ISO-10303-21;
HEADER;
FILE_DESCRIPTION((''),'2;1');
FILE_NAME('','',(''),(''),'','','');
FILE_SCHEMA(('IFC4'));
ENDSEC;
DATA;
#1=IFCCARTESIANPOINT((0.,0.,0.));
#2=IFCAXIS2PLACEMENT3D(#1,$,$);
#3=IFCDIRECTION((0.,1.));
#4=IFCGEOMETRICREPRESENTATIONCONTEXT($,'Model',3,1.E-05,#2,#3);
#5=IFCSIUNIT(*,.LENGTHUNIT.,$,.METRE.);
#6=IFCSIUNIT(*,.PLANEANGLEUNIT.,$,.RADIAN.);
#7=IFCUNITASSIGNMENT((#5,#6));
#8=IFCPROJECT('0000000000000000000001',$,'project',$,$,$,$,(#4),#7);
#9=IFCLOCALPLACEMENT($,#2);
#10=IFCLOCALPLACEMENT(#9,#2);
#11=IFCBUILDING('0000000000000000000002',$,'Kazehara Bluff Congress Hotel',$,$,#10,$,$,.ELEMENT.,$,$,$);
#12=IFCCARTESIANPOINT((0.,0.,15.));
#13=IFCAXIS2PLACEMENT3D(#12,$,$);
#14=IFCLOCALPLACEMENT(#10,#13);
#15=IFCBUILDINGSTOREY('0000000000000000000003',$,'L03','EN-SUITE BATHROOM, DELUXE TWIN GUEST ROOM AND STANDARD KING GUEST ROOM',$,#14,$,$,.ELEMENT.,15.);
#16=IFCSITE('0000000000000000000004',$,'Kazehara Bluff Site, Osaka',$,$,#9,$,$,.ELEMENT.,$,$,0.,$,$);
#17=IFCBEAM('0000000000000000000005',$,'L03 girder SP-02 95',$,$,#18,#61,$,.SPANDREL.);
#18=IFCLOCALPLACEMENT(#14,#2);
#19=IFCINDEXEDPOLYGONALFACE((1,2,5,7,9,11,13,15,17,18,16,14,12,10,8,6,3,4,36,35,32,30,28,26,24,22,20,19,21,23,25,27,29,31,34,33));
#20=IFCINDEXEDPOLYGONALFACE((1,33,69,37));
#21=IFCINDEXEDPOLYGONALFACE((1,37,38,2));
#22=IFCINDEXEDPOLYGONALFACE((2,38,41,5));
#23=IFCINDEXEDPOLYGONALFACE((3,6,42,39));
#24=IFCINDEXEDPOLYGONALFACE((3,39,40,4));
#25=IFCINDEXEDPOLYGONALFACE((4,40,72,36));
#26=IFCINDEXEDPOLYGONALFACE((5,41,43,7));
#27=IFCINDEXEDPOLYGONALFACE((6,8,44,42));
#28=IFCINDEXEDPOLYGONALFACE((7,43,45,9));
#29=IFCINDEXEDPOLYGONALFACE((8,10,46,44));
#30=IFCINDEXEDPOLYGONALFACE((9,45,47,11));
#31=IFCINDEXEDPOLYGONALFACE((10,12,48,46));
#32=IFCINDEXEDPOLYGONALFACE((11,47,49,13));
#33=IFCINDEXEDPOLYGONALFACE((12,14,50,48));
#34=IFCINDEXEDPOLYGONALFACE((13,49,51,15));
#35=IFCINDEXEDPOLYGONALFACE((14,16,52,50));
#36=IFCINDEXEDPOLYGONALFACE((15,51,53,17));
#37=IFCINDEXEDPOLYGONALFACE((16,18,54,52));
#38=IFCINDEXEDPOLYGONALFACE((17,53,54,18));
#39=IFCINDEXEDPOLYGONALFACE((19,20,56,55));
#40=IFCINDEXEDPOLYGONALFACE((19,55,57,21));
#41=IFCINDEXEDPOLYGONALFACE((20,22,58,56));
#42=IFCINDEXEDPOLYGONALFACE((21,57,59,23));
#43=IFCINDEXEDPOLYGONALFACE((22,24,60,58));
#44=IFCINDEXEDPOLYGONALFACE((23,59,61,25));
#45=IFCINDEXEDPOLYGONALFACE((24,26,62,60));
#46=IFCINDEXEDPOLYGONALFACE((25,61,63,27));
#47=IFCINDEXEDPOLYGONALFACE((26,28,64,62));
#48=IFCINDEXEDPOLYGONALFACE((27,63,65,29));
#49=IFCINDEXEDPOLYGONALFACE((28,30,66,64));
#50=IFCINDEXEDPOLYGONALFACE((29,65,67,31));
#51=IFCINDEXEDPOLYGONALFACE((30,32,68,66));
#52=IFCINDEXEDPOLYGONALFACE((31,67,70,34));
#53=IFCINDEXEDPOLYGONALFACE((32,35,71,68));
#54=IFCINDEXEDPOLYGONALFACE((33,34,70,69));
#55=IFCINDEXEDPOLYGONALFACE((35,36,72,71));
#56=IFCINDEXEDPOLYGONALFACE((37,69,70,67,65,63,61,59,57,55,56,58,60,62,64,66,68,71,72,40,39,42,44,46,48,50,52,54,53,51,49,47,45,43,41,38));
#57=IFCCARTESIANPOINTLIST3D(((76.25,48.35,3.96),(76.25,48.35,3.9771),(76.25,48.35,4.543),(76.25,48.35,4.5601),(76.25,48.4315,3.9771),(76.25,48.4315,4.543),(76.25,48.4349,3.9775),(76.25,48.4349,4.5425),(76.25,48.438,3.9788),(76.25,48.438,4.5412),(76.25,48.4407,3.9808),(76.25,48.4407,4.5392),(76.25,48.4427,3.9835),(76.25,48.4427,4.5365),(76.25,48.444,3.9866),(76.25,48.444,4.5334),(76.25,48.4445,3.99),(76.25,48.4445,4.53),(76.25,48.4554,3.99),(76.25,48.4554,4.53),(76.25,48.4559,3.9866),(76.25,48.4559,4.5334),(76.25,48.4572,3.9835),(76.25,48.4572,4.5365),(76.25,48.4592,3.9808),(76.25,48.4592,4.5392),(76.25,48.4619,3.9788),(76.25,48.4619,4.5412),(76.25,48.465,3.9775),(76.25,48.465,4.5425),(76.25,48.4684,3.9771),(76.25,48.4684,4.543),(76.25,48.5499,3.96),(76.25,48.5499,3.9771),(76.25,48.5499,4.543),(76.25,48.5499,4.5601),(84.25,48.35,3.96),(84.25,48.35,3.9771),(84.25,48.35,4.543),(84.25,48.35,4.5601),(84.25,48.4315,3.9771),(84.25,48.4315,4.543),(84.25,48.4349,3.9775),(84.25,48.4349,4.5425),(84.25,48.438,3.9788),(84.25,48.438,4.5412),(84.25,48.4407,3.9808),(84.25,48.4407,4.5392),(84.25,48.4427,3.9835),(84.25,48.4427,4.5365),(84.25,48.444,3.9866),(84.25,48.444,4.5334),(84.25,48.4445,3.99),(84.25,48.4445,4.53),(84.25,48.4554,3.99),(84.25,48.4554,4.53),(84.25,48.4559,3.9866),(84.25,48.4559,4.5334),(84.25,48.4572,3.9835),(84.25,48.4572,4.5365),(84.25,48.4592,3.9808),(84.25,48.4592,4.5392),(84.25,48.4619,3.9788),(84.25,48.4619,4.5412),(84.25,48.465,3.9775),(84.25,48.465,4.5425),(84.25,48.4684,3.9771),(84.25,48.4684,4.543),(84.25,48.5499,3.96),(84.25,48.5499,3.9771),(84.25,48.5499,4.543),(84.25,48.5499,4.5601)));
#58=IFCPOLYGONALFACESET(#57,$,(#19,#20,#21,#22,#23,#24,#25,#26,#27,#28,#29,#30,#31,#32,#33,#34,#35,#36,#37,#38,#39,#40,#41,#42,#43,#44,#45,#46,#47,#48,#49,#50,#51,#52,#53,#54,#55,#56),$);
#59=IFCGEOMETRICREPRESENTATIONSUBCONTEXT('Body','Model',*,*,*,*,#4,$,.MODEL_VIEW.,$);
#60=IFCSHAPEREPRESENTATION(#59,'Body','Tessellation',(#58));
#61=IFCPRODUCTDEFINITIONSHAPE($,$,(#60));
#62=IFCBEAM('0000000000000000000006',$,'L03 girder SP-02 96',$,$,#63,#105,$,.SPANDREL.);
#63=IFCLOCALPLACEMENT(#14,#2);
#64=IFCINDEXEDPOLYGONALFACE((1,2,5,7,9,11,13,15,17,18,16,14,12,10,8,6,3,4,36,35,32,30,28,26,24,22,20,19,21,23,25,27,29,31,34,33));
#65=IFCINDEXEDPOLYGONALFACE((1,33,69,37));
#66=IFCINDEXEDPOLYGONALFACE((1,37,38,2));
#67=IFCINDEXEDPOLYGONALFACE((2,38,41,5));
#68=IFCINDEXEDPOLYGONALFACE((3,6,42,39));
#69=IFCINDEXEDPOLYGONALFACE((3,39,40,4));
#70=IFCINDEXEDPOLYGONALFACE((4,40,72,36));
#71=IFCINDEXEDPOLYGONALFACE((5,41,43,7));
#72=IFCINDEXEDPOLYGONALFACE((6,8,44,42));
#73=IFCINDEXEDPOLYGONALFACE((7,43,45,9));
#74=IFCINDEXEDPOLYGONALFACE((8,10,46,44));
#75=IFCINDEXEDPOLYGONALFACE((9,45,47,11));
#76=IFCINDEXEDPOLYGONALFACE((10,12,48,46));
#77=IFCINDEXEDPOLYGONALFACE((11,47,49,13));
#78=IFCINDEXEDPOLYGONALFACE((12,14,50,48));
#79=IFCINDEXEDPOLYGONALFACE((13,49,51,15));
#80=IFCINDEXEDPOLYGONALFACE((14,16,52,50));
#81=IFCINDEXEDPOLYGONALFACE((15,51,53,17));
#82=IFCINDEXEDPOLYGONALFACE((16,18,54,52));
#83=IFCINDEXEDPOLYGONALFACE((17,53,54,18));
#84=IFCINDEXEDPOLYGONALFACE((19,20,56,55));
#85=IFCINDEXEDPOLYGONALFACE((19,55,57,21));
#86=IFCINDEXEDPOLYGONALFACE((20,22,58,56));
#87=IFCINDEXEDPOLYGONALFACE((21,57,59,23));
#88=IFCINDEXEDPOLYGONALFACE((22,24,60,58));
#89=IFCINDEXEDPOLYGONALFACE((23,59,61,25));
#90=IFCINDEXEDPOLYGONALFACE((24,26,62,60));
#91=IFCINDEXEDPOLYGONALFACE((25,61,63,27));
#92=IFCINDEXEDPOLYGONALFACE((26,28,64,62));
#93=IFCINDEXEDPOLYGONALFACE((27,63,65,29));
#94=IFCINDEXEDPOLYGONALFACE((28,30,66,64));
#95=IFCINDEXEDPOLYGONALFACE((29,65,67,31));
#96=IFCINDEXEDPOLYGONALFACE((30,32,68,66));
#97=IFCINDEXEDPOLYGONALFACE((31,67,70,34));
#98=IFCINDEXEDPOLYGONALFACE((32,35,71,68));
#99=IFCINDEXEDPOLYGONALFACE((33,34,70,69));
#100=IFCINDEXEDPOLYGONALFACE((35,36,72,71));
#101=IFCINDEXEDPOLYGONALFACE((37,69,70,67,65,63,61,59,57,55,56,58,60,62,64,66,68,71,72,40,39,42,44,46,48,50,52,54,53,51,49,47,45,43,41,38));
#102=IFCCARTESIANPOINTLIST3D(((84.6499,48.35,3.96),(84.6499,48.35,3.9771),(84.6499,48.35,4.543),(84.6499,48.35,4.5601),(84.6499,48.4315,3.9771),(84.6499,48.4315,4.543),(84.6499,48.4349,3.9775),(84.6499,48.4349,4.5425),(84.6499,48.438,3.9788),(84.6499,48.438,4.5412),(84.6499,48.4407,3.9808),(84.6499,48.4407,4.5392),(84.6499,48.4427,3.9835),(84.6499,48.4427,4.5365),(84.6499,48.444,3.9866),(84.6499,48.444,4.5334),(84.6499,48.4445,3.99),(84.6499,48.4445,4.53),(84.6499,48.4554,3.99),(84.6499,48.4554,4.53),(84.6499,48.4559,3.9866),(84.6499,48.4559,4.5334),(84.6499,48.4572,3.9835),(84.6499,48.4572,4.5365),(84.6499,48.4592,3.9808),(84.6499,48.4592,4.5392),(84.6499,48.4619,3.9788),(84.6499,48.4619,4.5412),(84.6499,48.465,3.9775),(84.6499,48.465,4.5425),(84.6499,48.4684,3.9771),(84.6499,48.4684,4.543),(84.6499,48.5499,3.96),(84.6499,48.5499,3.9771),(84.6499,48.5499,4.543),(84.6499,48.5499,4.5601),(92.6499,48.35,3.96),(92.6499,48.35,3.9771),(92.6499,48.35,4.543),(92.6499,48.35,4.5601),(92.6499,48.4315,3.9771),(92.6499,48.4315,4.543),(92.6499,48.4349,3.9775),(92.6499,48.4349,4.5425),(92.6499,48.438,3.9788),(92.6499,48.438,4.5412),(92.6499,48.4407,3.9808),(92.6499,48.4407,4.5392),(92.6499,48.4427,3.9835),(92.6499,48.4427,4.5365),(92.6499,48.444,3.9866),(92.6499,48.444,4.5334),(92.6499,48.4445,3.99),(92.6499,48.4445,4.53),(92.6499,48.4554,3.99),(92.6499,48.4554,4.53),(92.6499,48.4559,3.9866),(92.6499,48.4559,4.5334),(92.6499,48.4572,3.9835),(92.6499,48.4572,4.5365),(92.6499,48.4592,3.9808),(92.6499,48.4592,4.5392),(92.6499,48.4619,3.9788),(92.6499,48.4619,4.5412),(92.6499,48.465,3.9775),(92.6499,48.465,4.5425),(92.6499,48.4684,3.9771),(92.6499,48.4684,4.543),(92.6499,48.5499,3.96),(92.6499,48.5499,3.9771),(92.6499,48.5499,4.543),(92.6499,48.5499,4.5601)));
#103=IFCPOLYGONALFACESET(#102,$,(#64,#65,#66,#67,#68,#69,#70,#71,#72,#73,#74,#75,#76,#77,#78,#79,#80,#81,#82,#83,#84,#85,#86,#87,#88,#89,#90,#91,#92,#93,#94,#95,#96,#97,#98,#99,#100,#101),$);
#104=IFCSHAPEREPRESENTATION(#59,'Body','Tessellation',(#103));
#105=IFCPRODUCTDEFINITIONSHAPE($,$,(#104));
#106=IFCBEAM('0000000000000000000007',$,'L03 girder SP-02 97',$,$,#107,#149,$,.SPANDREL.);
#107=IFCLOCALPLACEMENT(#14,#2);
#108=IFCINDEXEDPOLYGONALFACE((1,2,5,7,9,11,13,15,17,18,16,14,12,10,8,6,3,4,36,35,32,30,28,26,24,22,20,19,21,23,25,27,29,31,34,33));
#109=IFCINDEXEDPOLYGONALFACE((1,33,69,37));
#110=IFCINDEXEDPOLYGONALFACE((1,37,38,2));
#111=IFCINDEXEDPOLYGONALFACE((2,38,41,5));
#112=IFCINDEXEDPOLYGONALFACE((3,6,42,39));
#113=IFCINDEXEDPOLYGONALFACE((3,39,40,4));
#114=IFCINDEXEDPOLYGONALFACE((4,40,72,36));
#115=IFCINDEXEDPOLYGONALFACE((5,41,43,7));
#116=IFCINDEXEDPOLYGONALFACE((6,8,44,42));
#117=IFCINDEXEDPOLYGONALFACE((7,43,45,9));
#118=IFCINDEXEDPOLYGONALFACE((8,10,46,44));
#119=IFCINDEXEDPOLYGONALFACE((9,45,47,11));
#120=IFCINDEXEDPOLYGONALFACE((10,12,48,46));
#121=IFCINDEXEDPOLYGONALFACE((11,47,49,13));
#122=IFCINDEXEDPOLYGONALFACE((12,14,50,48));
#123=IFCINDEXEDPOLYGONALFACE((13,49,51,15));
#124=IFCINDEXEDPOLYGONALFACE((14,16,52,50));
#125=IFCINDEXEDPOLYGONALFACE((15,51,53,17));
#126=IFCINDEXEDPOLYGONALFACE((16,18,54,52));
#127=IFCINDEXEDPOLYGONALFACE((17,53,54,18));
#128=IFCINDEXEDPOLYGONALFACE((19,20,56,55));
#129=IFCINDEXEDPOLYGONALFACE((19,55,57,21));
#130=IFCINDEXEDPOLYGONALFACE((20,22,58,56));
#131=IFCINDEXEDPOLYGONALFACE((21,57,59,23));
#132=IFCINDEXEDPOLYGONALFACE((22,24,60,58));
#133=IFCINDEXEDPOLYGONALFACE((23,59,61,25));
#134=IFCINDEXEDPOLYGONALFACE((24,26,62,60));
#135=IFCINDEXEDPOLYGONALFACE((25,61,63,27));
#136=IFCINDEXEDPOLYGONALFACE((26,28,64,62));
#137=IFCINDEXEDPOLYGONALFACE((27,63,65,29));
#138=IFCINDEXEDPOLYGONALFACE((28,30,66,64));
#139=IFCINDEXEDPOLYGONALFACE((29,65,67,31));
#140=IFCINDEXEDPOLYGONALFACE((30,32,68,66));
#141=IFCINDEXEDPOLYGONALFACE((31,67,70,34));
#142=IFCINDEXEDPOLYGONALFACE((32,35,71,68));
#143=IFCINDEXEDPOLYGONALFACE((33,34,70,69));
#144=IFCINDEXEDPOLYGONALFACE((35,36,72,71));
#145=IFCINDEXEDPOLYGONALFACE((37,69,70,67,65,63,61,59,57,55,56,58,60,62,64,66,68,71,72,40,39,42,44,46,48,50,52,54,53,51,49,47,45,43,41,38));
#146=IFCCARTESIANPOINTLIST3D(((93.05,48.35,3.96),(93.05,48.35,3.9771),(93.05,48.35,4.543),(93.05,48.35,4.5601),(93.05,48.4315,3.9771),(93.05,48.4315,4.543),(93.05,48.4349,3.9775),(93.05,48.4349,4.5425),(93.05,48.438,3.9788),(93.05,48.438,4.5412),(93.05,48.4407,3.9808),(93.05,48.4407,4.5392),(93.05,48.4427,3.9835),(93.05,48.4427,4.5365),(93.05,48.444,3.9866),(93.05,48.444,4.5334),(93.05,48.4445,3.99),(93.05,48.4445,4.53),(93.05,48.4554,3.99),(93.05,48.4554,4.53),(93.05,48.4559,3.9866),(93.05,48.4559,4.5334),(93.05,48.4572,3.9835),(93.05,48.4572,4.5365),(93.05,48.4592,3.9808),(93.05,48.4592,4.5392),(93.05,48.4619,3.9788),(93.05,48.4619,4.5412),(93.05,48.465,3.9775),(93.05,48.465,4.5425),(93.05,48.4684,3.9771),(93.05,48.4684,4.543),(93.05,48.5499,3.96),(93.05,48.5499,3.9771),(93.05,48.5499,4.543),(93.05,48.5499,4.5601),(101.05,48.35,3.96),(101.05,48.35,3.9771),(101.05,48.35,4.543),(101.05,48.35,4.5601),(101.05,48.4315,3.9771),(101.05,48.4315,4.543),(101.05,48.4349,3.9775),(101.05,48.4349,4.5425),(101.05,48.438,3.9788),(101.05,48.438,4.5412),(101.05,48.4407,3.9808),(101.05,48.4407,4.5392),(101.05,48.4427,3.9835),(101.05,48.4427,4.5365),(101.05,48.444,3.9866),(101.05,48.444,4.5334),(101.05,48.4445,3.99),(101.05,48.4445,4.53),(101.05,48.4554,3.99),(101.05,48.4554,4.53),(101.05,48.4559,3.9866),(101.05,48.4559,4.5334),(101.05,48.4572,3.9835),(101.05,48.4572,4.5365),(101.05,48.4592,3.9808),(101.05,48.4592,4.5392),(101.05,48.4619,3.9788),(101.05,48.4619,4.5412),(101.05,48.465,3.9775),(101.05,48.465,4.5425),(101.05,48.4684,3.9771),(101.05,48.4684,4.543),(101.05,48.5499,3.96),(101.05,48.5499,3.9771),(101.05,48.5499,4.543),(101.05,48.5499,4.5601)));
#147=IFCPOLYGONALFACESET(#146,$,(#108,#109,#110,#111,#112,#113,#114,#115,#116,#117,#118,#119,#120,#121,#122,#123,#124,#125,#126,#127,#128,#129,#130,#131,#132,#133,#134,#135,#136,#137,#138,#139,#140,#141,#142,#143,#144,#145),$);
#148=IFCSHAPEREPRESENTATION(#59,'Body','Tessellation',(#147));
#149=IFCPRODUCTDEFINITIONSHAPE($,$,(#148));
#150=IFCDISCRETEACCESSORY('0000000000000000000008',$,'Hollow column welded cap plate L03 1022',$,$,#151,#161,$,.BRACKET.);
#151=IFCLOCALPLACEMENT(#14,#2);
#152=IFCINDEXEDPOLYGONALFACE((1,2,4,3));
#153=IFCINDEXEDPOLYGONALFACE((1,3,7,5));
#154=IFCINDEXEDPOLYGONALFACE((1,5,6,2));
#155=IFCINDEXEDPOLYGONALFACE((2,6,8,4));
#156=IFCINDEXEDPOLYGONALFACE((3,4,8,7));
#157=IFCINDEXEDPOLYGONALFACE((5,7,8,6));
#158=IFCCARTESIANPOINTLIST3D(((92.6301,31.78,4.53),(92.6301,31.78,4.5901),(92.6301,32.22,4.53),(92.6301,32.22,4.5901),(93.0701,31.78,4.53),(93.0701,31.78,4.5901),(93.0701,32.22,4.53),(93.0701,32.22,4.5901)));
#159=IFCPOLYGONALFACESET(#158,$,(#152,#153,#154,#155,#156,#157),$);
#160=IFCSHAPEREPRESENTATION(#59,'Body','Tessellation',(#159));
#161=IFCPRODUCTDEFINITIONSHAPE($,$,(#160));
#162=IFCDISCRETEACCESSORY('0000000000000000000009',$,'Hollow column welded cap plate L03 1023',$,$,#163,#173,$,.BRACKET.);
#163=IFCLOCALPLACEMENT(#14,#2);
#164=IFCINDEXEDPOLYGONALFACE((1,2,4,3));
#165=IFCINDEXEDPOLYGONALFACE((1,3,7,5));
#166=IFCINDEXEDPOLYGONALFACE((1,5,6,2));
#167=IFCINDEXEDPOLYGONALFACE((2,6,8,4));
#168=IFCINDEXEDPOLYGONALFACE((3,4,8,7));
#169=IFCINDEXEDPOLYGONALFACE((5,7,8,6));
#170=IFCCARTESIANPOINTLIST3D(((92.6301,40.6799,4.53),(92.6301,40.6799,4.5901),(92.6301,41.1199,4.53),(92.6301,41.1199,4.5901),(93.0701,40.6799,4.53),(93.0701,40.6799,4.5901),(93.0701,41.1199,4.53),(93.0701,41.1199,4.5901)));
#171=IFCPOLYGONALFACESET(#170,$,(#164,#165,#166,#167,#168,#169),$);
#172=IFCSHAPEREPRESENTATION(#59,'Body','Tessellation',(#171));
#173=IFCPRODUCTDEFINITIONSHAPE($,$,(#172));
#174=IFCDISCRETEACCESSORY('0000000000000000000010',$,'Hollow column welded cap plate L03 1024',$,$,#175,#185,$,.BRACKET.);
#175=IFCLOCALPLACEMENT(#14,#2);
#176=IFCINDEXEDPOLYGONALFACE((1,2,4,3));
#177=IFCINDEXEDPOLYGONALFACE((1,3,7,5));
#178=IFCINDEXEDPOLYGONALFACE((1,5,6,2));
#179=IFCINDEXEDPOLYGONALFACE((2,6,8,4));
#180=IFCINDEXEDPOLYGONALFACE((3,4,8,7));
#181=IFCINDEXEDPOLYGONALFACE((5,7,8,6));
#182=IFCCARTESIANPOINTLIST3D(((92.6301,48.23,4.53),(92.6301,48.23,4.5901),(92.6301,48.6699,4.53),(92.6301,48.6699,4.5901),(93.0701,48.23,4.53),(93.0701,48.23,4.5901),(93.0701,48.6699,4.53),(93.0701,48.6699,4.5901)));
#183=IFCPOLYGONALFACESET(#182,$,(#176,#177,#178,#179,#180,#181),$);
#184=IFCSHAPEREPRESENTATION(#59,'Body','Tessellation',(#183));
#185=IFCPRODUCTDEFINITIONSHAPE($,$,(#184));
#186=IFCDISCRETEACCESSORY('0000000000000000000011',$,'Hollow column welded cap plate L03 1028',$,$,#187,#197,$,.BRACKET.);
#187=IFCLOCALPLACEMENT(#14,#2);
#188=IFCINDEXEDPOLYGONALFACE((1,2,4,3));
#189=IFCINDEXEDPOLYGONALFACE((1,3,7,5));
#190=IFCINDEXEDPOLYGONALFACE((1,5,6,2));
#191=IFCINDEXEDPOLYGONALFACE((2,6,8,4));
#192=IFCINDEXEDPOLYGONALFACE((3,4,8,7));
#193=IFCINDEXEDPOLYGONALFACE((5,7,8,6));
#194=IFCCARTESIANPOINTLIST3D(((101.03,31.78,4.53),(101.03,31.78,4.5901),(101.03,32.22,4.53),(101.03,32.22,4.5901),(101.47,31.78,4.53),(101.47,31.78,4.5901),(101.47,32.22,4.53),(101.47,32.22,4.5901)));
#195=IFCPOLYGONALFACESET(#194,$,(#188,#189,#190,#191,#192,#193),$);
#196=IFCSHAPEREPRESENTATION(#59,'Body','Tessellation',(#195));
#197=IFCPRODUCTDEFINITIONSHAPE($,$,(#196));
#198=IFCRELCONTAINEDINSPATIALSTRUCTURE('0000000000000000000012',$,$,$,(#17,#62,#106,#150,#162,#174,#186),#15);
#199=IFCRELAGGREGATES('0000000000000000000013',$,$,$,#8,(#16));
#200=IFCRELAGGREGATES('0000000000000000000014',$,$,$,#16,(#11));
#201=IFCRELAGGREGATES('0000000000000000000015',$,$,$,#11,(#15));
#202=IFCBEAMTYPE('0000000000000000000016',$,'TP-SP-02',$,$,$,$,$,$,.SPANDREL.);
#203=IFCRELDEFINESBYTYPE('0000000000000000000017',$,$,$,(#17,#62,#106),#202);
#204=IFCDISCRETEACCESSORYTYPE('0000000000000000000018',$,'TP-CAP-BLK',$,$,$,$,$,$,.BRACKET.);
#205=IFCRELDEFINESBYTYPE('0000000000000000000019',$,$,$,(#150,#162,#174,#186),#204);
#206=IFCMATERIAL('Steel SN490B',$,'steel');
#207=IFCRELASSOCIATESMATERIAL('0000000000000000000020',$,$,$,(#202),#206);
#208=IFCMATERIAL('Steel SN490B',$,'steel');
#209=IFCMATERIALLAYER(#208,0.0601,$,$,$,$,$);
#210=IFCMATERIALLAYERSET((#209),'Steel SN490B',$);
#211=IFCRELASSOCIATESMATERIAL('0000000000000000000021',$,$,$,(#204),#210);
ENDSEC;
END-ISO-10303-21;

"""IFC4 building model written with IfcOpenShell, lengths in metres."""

from ifc_helpers import new_model, si_unit, direction, frame, origin, origin_2d, place, context, subcontext, project, spatial, rectangle, i_section, extrude, material, layer, layer_set, material_profile, profile_set, type_object, element, save


model = new_model("IFC4")

# Units and contexts
model_context = context("Model", 3, precision=1e-05, world=origin(), true_north=direction((0.0, 1.0)))
body_context = subcontext(model_context, "Body", "Model", "MODEL_VIEW")
ifc_project = project(units=[si_unit("LENGTHUNIT", "METRE"), si_unit("PLANEANGLEUNIT", "RADIAN")], contexts=[model_context])

# Site, building, storey
site_placement = place(None, origin())
site = spatial("IfcSite", under=ifc_project, at=site_placement, Name="Kazehara Bluff Site, Osaka", CompositionType="ELEMENT", RefElevation=0.0)
building_placement = place(site_placement, origin())
building = spatial("IfcBuilding", under=site, at=building_placement, Name="Kazehara Bluff Congress Hotel", CompositionType="ELEMENT")
storey_placement = place(building_placement, frame((0.0, 0.0, 15.0)))
storey = spatial("IfcBuildingStorey", under=building, at=storey_placement, Name="L03", Description="EN-SUITE BATHROOM, DELUXE TWIN GUEST ROOM AND STANDARD KING GUEST ROOM", CompositionType="ELEMENT", Elevation=15.0)

# Beams
ifc_material_1 = material(Name="Steel SN490B", Category="steel")
ifc_material_profile_1 = material_profile(ifc_material_1, i_section(OverallWidth=0.2, OverallDepth=0.6001, WebThickness=0.011, FlangeThickness=0.0171, FilletRadius=0.0129, at=origin_2d()))
ifc_profile_set_1 = profile_set([ifc_material_profile_1], Name="Steel SN490B")
beam_type_1 = type_object("IfcBeamType", Name="TP-SP-02", PredefinedType="SPANDREL", material=ifc_profile_set_1)
for number, where, z_axis, x_axis, name in (
    (1, (76.25, 48.45, 4.26), (1.0, 0.0, 0.0), (0.0, 1.0, 0.0), "L03 girder SP-02 95"),
    (2, (84.6499, 48.45, 4.26), (1.0, 0.0, 0.0), (0.0, 1.0, 0.0), "L03 girder SP-02 96"),
    (3, (93.05, 48.45, 4.26), (1.0, 0.0, 0.0), (0.0, 1.0, 0.0), "L03 girder SP-02 97"),
):
    element("IfcBeam", number, at=place(storey_placement, frame(where, z_axis=z_axis, x_axis=x_axis)), inside=storey, type_object=beam_type_1, Name=name, PredefinedType="SPANDREL", context=body_context, shape_type="SweptSolid", body=[
        extrude(i_section(OverallWidth=0.2, OverallDepth=0.6001, WebThickness=0.011, FlangeThickness=0.0171, FilletRadius=0.0129, at=origin_2d()), origin(), (0.0, 0.0, 1.0), 8.0),
    ])

# Discrete accessories
ifc_material_2 = material(Name="Steel SN490B", Category="steel")
ifc_layer_1 = layer(ifc_material_2, 0.0601)
ifc_layer_set_1 = layer_set([ifc_layer_1], Name="Steel SN490B")
discrete_accessory_type = type_object("IfcDiscreteAccessoryType", Name="TP-CAP-BLK", PredefinedType="BRACKET", material=ifc_layer_set_1)
for number, where, z_axis, x_axis, name in (
    (4, (92.8501, 32.0, 4.53), (0.0, 0.0, 1.0), (1.0, 0.0, 0.0), "Hollow column welded cap plate L03 1022"),
    (5, (92.8501, 40.8999, 4.53), (0.0, 0.0, 1.0), (1.0, 0.0, 0.0), "Hollow column welded cap plate L03 1023"),
    (6, (92.8501, 48.45, 4.53), (0.0, 0.0, 1.0), (1.0, 0.0, 0.0), "Hollow column welded cap plate L03 1024"),
    (7, (101.25, 32.0, 4.53), (0.0, 0.0, 1.0), (1.0, 0.0, 0.0), "Hollow column welded cap plate L03 1028"),
):
    element("IfcDiscreteAccessory", number, at=place(storey_placement, frame(where, z_axis=z_axis, x_axis=x_axis)), inside=storey, type_object=discrete_accessory_type, Name=name, PredefinedType="BRACKET", context=body_context, shape_type="SweptSolid", body=[
        extrude(rectangle(XDim=0.4399, YDim=0.4399, at=origin_2d()), origin(), (0.0, 0.0, 1.0), 0.0601),
    ])

save(model, "model.ifc")
